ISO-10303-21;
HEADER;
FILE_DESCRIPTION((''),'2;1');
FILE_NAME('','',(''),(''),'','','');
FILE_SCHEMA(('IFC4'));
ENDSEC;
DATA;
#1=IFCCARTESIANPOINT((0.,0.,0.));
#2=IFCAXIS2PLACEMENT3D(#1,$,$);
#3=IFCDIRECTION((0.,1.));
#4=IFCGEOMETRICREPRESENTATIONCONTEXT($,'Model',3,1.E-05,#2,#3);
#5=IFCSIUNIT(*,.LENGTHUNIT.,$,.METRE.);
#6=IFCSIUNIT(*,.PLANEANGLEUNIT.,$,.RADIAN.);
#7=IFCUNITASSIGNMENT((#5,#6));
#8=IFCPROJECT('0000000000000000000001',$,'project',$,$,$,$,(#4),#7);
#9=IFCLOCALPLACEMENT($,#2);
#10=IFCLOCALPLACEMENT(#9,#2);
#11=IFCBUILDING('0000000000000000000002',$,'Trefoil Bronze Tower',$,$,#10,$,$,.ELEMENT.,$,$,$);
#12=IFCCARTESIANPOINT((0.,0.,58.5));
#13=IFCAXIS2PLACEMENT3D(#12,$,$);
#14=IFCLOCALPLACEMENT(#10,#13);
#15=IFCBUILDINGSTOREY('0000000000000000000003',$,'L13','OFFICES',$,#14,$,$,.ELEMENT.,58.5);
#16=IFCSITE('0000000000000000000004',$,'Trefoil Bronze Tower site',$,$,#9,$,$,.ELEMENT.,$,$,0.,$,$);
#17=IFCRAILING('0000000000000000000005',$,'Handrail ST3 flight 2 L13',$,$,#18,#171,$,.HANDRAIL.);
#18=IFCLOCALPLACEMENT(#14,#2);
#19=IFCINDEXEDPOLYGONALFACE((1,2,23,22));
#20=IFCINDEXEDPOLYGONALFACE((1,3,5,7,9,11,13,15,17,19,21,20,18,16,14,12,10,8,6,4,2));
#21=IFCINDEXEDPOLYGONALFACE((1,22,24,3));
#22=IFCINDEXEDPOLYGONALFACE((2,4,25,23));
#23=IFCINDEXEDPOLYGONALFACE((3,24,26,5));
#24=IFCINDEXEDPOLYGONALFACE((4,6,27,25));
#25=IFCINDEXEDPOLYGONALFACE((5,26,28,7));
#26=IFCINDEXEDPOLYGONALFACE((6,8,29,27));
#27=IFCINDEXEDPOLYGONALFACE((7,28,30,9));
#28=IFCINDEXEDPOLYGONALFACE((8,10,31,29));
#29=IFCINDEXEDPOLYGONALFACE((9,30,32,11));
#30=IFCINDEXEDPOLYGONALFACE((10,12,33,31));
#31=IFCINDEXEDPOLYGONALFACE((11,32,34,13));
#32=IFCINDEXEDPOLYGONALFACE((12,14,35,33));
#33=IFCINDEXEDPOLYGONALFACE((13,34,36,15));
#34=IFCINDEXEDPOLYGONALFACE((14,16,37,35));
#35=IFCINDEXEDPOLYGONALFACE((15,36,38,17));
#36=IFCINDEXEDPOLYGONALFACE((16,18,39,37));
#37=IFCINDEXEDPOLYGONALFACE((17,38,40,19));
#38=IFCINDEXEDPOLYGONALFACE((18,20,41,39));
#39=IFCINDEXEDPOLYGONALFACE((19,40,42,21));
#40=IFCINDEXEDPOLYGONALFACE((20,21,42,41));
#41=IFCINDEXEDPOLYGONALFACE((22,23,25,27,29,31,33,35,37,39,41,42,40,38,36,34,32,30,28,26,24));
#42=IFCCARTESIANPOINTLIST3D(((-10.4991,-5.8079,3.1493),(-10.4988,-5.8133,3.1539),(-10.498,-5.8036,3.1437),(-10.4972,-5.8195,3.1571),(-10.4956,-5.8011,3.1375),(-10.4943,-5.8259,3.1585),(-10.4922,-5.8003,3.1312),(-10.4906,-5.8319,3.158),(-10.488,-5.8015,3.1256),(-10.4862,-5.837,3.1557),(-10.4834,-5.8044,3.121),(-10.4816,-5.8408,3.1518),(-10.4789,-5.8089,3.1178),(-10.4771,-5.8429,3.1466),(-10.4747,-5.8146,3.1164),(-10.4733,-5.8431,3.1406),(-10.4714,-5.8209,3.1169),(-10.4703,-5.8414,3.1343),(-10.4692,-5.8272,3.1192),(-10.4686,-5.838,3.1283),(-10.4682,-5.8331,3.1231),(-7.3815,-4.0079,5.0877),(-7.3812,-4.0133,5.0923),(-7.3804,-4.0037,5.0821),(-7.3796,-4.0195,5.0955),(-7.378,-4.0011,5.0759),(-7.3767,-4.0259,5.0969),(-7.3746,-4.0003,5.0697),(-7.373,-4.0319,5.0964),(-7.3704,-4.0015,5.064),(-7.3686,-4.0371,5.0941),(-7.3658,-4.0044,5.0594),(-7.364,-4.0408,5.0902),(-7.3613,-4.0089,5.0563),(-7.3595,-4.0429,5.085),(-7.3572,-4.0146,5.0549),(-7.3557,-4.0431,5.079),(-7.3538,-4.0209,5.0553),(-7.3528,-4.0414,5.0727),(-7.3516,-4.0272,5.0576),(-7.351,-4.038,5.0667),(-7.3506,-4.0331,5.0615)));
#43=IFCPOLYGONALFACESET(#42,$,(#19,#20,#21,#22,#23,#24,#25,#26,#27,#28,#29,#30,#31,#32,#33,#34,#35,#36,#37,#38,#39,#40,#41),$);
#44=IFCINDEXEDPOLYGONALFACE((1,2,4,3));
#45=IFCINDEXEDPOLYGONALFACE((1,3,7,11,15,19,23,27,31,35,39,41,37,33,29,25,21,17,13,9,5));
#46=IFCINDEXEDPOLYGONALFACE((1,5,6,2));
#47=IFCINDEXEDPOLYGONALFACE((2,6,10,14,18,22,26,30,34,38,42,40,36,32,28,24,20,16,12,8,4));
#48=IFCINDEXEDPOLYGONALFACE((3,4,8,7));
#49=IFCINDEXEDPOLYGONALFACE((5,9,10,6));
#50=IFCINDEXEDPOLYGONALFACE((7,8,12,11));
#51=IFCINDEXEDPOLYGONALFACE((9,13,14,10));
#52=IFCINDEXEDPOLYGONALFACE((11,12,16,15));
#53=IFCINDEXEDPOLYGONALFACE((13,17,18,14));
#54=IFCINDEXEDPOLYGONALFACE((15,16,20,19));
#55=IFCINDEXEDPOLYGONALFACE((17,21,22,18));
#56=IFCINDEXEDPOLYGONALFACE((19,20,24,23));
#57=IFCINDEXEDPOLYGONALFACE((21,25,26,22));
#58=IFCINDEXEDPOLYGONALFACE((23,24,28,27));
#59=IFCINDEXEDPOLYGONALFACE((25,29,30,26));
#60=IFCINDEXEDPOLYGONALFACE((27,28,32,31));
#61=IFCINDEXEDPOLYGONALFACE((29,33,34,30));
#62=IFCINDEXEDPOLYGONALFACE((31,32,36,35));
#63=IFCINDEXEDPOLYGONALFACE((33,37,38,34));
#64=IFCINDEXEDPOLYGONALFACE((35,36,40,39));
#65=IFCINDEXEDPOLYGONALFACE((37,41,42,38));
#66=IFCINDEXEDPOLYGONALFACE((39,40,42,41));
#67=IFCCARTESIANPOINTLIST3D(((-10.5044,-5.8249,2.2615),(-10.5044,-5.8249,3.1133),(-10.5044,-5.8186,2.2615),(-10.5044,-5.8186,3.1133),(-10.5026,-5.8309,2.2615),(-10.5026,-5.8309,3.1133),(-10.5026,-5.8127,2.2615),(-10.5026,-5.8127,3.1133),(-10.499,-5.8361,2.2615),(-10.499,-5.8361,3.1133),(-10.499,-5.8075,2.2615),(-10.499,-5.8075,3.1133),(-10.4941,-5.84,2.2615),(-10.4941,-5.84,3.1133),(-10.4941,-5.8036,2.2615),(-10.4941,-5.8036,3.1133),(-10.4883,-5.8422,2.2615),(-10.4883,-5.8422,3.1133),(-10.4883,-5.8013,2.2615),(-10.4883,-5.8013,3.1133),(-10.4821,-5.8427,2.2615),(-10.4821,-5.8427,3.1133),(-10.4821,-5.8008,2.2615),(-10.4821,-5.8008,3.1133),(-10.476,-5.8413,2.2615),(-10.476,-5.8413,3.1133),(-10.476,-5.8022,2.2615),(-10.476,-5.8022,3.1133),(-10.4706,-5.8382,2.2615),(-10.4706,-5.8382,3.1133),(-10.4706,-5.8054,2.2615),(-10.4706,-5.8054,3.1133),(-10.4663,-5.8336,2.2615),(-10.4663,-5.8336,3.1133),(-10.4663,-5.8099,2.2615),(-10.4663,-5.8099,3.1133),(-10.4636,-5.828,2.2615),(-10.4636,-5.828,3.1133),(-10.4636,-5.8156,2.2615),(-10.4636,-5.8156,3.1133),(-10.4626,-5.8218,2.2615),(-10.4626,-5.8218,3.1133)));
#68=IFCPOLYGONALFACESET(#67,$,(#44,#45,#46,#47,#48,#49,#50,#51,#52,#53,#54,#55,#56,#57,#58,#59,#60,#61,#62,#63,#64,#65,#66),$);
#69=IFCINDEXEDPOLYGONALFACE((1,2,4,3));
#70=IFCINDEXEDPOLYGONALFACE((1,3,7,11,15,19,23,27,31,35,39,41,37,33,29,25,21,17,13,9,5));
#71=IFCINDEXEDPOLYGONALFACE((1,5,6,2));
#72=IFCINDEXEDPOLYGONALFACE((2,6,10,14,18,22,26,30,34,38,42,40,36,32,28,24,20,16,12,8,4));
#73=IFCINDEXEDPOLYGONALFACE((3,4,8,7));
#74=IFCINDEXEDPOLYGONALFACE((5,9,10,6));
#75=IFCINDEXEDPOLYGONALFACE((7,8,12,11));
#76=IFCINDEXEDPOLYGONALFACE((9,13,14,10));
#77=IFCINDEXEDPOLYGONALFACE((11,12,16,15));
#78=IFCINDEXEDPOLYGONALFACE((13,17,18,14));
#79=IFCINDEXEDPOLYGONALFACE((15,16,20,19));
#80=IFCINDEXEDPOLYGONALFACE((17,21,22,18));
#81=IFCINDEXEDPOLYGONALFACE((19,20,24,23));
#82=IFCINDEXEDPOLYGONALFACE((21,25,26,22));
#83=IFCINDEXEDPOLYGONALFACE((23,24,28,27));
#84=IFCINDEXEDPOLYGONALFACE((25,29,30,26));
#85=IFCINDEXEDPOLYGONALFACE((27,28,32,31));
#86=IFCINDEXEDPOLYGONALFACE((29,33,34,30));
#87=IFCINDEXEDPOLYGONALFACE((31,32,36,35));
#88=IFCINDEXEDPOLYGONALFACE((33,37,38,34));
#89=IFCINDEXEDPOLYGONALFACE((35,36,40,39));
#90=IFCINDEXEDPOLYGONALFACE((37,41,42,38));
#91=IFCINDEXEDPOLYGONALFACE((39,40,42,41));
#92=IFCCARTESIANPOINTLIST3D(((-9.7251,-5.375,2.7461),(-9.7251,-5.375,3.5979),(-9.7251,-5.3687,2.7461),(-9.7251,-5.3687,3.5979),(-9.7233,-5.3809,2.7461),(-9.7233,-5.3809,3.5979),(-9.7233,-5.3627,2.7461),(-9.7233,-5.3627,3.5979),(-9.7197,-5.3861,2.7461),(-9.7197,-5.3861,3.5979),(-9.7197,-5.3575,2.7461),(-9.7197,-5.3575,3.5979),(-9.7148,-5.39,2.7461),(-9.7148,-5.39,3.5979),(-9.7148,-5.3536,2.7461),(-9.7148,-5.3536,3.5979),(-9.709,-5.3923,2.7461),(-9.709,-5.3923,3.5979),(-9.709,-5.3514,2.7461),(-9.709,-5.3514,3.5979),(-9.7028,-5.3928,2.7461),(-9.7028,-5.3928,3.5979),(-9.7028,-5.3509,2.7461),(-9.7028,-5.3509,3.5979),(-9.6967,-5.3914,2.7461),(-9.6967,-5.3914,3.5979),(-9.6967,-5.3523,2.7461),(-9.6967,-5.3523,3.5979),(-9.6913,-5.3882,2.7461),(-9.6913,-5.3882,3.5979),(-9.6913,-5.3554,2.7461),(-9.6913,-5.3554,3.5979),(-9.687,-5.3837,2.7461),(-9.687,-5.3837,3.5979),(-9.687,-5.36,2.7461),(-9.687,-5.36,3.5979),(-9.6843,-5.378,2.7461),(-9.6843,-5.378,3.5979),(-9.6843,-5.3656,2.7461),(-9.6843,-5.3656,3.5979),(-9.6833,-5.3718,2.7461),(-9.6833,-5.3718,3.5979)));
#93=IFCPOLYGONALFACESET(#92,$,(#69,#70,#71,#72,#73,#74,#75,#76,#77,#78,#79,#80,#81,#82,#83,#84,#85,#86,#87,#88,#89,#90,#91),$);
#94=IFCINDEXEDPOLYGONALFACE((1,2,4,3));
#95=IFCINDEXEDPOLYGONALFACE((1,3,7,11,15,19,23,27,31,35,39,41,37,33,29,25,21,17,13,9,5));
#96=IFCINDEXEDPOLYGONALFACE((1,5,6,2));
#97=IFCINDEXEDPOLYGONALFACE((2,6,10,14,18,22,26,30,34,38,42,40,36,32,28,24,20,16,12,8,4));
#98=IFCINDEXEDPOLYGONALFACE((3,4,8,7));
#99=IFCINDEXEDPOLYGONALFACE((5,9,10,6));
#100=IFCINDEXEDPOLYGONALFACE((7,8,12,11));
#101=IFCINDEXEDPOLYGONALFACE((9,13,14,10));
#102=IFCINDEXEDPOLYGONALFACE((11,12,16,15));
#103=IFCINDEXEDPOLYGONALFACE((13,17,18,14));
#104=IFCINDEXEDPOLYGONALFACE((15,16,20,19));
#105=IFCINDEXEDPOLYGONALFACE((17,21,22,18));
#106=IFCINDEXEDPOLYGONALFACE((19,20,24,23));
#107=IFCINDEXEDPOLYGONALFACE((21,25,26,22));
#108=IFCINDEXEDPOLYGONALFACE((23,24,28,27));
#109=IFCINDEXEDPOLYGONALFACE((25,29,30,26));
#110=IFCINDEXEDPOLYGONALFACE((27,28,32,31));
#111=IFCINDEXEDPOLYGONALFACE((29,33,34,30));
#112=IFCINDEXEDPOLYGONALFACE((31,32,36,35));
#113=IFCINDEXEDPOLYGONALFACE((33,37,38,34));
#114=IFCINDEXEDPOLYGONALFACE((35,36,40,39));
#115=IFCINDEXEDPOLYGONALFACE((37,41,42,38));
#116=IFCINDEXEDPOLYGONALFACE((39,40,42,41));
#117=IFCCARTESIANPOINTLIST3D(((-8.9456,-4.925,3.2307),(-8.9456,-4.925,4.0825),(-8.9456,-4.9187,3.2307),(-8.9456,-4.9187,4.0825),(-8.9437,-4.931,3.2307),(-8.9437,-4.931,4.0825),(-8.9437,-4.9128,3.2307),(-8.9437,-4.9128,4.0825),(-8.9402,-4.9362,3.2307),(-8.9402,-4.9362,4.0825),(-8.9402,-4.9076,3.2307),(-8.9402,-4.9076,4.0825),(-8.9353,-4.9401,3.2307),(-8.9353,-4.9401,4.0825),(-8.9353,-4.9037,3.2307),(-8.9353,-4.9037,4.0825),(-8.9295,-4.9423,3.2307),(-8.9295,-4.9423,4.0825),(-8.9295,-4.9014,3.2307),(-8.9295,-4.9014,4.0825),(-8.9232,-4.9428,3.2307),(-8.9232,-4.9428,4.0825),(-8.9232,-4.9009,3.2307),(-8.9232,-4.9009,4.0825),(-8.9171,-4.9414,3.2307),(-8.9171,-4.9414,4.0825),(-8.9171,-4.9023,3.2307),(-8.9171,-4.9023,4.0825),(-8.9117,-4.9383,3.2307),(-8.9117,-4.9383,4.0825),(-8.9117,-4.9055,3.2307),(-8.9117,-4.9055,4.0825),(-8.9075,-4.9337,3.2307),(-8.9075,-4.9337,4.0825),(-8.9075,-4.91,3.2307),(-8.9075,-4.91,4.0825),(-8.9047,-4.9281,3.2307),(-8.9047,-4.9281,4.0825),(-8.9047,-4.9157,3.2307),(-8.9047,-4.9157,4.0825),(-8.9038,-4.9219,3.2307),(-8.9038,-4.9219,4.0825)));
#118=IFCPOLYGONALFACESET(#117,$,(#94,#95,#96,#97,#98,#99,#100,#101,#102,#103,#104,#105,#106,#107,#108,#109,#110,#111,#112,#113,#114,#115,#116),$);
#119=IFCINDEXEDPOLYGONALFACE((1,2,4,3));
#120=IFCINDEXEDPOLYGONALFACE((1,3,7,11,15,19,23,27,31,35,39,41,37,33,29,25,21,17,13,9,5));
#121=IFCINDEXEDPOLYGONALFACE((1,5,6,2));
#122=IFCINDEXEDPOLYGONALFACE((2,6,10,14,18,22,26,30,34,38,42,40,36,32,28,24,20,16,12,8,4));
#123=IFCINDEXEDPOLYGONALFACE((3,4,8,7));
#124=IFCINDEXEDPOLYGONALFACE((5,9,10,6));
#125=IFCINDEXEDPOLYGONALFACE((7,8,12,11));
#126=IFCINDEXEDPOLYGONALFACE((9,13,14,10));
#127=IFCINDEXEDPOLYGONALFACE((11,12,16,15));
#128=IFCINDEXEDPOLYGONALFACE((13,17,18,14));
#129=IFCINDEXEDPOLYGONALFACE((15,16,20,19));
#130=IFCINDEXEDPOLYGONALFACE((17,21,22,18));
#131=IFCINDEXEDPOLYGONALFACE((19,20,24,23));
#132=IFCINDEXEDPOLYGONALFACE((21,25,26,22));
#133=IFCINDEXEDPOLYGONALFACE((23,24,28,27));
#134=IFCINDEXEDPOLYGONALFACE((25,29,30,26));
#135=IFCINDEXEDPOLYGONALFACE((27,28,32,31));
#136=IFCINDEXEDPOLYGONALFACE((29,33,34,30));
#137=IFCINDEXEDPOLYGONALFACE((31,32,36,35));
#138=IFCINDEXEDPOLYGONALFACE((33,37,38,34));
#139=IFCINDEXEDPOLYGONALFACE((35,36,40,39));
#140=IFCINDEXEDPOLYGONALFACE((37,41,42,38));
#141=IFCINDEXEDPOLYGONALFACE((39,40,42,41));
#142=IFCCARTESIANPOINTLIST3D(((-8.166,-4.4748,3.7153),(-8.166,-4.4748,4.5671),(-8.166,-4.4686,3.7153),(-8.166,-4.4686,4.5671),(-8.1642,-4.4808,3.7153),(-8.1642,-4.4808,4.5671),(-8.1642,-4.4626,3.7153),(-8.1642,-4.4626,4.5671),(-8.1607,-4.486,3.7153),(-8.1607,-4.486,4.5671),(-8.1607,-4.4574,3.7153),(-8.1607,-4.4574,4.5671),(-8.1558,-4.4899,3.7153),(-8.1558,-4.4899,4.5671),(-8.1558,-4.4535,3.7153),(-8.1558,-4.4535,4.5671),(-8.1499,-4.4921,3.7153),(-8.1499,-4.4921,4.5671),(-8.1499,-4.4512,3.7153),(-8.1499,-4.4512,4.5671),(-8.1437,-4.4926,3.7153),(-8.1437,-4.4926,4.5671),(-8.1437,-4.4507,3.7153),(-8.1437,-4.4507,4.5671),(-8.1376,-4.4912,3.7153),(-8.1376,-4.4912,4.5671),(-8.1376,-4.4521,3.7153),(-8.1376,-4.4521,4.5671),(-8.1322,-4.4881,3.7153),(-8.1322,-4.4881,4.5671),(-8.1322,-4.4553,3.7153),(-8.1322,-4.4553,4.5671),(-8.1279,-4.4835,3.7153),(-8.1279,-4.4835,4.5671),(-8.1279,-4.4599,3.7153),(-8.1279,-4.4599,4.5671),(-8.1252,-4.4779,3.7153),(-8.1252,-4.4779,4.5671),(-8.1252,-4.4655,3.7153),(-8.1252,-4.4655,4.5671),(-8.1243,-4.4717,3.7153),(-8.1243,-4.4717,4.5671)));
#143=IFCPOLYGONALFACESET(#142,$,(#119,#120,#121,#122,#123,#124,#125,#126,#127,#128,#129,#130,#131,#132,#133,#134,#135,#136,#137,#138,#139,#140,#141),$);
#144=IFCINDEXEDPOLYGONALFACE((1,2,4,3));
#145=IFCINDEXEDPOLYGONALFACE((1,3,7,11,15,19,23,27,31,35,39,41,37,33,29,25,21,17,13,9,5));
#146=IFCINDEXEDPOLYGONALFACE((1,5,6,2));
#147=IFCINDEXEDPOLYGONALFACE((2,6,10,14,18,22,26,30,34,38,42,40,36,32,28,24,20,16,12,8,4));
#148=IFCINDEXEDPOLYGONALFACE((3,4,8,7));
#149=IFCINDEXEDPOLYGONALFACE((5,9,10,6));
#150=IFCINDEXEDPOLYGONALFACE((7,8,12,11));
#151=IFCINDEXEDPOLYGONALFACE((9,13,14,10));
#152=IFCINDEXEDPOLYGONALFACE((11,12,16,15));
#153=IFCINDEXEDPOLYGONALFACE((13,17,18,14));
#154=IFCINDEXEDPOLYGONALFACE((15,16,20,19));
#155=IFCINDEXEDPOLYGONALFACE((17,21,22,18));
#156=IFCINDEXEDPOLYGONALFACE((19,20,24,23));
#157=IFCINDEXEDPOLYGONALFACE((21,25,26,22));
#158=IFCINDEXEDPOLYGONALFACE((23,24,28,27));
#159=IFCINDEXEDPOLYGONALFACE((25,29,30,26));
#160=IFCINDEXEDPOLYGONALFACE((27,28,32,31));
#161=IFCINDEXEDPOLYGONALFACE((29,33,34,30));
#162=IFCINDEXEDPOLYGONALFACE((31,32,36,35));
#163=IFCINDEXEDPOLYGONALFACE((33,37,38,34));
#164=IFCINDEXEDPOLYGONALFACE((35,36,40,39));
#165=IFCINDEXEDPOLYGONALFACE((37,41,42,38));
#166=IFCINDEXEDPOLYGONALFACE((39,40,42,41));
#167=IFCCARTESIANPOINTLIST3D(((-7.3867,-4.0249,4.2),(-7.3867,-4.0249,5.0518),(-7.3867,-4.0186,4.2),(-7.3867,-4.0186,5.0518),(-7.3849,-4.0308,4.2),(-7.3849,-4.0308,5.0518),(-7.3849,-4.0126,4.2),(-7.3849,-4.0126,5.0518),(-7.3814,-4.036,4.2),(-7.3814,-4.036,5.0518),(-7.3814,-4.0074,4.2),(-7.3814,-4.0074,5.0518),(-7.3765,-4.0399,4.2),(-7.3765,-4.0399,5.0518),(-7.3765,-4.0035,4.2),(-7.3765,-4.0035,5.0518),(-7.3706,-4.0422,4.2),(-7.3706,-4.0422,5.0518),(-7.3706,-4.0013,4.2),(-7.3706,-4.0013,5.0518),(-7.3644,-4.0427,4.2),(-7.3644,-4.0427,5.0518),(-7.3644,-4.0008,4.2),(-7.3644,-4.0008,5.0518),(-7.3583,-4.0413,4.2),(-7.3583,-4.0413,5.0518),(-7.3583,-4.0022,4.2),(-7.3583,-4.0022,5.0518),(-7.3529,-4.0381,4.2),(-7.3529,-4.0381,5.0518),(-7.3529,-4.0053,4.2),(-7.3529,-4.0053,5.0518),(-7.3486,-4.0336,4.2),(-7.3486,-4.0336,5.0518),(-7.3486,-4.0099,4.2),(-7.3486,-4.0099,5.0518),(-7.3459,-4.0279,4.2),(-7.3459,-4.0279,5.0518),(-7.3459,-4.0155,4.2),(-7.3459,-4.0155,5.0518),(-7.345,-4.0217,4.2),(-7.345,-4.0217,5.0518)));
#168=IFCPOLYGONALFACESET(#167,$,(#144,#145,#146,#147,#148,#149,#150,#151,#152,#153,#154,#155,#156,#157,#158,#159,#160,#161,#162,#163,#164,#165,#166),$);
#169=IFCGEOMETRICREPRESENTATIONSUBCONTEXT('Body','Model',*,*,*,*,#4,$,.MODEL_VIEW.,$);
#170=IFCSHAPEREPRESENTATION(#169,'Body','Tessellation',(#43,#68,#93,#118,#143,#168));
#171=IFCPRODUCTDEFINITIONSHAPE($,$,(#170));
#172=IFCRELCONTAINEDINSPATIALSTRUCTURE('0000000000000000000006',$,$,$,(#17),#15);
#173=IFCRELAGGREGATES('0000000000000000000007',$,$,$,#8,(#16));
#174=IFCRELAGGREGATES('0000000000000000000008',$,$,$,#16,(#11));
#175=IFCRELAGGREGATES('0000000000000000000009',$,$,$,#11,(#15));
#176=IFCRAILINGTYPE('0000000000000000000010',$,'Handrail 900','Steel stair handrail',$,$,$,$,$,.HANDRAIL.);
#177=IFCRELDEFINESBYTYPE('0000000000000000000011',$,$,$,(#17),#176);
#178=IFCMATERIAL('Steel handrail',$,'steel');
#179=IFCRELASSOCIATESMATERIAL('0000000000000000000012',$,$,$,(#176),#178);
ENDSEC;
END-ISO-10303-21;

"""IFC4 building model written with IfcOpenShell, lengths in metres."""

from ifc_helpers import new_model, si_unit, direction, frame, origin, origin_2d, place, context, subcontext, project, spatial, circle, extrude, material, type_object, element, save


model = new_model("IFC4")

# Units and contexts
model_context = context("Model", 3, precision=1e-05, world=origin(), true_north=direction((0.0, 1.0)))
body_context = subcontext(model_context, "Body", "Model", "MODEL_VIEW")
ifc_project = project(units=[si_unit("LENGTHUNIT", "METRE"), si_unit("PLANEANGLEUNIT", "RADIAN")], contexts=[model_context])

# Site, building, storey
site_placement = place(None, origin())
site = spatial("IfcSite", under=ifc_project, at=site_placement, Name="Trefoil Bronze Tower site", CompositionType="ELEMENT", RefElevation=0.0)
building_placement = place(site_placement, origin())
building = spatial("IfcBuilding", under=site, at=building_placement, Name="Trefoil Bronze Tower", CompositionType="ELEMENT")
storey_placement = place(building_placement, frame((0.0, 0.0, 58.5)))
storey = spatial("IfcBuildingStorey", under=building, at=storey_placement, Name="L13", Description="OFFICES", CompositionType="ELEMENT", Elevation=58.5)

# Railing
ifc_material_1 = material(Name="Steel handrail", Category="steel")
railing_type = type_object("IfcRailingType", Name="Handrail 900", Description="Steel stair handrail", PredefinedType="HANDRAIL", material=ifc_material_1)
railing_1_placement = place(storey_placement, frame((-10.4836, -5.8218, 2.2615)))
element("IfcRailing", 1, at=railing_1_placement, inside=storey, type_object=railing_type, Name="Handrail ST3 flight 2 L13", PredefinedType="HANDRAIL", context=body_context, shape_type="SweptSolid", body=[
    extrude(circle(Radius=0.0239, at=origin_2d()), frame((0.0, 0.0, 0.876), z_axis=(0.762503, 0.440246, 0.474102), x_axis=(-0.500012, 0.866018, 0.0)), (0.0, 0.0, 1.0), 4.0886),
    extrude(circle(Radius=0.021, at=origin_2d()), origin(), (0.0, 0.0, 1.0), 0.8518),
    extrude(circle(Radius=0.021, at=origin_2d()), frame((0.7793, 0.45, 0.4846)), (0.0, 0.0, 1.0), 0.8518),
    extrude(circle(Radius=0.021, at=origin_2d()), frame((1.5588, 0.8999, 0.9692)), (0.0, 0.0, 1.0), 0.8518),
    extrude(circle(Radius=0.021, at=origin_2d()), frame((2.3384, 1.3501, 1.4539)), (0.0, 0.0, 1.0), 0.8518),
    extrude(circle(Radius=0.021, at=origin_2d()), frame((3.1177, 1.8, 1.9385)), (0.0, 0.0, 1.0), 0.8518),
])

save(model, "model.ifc")
